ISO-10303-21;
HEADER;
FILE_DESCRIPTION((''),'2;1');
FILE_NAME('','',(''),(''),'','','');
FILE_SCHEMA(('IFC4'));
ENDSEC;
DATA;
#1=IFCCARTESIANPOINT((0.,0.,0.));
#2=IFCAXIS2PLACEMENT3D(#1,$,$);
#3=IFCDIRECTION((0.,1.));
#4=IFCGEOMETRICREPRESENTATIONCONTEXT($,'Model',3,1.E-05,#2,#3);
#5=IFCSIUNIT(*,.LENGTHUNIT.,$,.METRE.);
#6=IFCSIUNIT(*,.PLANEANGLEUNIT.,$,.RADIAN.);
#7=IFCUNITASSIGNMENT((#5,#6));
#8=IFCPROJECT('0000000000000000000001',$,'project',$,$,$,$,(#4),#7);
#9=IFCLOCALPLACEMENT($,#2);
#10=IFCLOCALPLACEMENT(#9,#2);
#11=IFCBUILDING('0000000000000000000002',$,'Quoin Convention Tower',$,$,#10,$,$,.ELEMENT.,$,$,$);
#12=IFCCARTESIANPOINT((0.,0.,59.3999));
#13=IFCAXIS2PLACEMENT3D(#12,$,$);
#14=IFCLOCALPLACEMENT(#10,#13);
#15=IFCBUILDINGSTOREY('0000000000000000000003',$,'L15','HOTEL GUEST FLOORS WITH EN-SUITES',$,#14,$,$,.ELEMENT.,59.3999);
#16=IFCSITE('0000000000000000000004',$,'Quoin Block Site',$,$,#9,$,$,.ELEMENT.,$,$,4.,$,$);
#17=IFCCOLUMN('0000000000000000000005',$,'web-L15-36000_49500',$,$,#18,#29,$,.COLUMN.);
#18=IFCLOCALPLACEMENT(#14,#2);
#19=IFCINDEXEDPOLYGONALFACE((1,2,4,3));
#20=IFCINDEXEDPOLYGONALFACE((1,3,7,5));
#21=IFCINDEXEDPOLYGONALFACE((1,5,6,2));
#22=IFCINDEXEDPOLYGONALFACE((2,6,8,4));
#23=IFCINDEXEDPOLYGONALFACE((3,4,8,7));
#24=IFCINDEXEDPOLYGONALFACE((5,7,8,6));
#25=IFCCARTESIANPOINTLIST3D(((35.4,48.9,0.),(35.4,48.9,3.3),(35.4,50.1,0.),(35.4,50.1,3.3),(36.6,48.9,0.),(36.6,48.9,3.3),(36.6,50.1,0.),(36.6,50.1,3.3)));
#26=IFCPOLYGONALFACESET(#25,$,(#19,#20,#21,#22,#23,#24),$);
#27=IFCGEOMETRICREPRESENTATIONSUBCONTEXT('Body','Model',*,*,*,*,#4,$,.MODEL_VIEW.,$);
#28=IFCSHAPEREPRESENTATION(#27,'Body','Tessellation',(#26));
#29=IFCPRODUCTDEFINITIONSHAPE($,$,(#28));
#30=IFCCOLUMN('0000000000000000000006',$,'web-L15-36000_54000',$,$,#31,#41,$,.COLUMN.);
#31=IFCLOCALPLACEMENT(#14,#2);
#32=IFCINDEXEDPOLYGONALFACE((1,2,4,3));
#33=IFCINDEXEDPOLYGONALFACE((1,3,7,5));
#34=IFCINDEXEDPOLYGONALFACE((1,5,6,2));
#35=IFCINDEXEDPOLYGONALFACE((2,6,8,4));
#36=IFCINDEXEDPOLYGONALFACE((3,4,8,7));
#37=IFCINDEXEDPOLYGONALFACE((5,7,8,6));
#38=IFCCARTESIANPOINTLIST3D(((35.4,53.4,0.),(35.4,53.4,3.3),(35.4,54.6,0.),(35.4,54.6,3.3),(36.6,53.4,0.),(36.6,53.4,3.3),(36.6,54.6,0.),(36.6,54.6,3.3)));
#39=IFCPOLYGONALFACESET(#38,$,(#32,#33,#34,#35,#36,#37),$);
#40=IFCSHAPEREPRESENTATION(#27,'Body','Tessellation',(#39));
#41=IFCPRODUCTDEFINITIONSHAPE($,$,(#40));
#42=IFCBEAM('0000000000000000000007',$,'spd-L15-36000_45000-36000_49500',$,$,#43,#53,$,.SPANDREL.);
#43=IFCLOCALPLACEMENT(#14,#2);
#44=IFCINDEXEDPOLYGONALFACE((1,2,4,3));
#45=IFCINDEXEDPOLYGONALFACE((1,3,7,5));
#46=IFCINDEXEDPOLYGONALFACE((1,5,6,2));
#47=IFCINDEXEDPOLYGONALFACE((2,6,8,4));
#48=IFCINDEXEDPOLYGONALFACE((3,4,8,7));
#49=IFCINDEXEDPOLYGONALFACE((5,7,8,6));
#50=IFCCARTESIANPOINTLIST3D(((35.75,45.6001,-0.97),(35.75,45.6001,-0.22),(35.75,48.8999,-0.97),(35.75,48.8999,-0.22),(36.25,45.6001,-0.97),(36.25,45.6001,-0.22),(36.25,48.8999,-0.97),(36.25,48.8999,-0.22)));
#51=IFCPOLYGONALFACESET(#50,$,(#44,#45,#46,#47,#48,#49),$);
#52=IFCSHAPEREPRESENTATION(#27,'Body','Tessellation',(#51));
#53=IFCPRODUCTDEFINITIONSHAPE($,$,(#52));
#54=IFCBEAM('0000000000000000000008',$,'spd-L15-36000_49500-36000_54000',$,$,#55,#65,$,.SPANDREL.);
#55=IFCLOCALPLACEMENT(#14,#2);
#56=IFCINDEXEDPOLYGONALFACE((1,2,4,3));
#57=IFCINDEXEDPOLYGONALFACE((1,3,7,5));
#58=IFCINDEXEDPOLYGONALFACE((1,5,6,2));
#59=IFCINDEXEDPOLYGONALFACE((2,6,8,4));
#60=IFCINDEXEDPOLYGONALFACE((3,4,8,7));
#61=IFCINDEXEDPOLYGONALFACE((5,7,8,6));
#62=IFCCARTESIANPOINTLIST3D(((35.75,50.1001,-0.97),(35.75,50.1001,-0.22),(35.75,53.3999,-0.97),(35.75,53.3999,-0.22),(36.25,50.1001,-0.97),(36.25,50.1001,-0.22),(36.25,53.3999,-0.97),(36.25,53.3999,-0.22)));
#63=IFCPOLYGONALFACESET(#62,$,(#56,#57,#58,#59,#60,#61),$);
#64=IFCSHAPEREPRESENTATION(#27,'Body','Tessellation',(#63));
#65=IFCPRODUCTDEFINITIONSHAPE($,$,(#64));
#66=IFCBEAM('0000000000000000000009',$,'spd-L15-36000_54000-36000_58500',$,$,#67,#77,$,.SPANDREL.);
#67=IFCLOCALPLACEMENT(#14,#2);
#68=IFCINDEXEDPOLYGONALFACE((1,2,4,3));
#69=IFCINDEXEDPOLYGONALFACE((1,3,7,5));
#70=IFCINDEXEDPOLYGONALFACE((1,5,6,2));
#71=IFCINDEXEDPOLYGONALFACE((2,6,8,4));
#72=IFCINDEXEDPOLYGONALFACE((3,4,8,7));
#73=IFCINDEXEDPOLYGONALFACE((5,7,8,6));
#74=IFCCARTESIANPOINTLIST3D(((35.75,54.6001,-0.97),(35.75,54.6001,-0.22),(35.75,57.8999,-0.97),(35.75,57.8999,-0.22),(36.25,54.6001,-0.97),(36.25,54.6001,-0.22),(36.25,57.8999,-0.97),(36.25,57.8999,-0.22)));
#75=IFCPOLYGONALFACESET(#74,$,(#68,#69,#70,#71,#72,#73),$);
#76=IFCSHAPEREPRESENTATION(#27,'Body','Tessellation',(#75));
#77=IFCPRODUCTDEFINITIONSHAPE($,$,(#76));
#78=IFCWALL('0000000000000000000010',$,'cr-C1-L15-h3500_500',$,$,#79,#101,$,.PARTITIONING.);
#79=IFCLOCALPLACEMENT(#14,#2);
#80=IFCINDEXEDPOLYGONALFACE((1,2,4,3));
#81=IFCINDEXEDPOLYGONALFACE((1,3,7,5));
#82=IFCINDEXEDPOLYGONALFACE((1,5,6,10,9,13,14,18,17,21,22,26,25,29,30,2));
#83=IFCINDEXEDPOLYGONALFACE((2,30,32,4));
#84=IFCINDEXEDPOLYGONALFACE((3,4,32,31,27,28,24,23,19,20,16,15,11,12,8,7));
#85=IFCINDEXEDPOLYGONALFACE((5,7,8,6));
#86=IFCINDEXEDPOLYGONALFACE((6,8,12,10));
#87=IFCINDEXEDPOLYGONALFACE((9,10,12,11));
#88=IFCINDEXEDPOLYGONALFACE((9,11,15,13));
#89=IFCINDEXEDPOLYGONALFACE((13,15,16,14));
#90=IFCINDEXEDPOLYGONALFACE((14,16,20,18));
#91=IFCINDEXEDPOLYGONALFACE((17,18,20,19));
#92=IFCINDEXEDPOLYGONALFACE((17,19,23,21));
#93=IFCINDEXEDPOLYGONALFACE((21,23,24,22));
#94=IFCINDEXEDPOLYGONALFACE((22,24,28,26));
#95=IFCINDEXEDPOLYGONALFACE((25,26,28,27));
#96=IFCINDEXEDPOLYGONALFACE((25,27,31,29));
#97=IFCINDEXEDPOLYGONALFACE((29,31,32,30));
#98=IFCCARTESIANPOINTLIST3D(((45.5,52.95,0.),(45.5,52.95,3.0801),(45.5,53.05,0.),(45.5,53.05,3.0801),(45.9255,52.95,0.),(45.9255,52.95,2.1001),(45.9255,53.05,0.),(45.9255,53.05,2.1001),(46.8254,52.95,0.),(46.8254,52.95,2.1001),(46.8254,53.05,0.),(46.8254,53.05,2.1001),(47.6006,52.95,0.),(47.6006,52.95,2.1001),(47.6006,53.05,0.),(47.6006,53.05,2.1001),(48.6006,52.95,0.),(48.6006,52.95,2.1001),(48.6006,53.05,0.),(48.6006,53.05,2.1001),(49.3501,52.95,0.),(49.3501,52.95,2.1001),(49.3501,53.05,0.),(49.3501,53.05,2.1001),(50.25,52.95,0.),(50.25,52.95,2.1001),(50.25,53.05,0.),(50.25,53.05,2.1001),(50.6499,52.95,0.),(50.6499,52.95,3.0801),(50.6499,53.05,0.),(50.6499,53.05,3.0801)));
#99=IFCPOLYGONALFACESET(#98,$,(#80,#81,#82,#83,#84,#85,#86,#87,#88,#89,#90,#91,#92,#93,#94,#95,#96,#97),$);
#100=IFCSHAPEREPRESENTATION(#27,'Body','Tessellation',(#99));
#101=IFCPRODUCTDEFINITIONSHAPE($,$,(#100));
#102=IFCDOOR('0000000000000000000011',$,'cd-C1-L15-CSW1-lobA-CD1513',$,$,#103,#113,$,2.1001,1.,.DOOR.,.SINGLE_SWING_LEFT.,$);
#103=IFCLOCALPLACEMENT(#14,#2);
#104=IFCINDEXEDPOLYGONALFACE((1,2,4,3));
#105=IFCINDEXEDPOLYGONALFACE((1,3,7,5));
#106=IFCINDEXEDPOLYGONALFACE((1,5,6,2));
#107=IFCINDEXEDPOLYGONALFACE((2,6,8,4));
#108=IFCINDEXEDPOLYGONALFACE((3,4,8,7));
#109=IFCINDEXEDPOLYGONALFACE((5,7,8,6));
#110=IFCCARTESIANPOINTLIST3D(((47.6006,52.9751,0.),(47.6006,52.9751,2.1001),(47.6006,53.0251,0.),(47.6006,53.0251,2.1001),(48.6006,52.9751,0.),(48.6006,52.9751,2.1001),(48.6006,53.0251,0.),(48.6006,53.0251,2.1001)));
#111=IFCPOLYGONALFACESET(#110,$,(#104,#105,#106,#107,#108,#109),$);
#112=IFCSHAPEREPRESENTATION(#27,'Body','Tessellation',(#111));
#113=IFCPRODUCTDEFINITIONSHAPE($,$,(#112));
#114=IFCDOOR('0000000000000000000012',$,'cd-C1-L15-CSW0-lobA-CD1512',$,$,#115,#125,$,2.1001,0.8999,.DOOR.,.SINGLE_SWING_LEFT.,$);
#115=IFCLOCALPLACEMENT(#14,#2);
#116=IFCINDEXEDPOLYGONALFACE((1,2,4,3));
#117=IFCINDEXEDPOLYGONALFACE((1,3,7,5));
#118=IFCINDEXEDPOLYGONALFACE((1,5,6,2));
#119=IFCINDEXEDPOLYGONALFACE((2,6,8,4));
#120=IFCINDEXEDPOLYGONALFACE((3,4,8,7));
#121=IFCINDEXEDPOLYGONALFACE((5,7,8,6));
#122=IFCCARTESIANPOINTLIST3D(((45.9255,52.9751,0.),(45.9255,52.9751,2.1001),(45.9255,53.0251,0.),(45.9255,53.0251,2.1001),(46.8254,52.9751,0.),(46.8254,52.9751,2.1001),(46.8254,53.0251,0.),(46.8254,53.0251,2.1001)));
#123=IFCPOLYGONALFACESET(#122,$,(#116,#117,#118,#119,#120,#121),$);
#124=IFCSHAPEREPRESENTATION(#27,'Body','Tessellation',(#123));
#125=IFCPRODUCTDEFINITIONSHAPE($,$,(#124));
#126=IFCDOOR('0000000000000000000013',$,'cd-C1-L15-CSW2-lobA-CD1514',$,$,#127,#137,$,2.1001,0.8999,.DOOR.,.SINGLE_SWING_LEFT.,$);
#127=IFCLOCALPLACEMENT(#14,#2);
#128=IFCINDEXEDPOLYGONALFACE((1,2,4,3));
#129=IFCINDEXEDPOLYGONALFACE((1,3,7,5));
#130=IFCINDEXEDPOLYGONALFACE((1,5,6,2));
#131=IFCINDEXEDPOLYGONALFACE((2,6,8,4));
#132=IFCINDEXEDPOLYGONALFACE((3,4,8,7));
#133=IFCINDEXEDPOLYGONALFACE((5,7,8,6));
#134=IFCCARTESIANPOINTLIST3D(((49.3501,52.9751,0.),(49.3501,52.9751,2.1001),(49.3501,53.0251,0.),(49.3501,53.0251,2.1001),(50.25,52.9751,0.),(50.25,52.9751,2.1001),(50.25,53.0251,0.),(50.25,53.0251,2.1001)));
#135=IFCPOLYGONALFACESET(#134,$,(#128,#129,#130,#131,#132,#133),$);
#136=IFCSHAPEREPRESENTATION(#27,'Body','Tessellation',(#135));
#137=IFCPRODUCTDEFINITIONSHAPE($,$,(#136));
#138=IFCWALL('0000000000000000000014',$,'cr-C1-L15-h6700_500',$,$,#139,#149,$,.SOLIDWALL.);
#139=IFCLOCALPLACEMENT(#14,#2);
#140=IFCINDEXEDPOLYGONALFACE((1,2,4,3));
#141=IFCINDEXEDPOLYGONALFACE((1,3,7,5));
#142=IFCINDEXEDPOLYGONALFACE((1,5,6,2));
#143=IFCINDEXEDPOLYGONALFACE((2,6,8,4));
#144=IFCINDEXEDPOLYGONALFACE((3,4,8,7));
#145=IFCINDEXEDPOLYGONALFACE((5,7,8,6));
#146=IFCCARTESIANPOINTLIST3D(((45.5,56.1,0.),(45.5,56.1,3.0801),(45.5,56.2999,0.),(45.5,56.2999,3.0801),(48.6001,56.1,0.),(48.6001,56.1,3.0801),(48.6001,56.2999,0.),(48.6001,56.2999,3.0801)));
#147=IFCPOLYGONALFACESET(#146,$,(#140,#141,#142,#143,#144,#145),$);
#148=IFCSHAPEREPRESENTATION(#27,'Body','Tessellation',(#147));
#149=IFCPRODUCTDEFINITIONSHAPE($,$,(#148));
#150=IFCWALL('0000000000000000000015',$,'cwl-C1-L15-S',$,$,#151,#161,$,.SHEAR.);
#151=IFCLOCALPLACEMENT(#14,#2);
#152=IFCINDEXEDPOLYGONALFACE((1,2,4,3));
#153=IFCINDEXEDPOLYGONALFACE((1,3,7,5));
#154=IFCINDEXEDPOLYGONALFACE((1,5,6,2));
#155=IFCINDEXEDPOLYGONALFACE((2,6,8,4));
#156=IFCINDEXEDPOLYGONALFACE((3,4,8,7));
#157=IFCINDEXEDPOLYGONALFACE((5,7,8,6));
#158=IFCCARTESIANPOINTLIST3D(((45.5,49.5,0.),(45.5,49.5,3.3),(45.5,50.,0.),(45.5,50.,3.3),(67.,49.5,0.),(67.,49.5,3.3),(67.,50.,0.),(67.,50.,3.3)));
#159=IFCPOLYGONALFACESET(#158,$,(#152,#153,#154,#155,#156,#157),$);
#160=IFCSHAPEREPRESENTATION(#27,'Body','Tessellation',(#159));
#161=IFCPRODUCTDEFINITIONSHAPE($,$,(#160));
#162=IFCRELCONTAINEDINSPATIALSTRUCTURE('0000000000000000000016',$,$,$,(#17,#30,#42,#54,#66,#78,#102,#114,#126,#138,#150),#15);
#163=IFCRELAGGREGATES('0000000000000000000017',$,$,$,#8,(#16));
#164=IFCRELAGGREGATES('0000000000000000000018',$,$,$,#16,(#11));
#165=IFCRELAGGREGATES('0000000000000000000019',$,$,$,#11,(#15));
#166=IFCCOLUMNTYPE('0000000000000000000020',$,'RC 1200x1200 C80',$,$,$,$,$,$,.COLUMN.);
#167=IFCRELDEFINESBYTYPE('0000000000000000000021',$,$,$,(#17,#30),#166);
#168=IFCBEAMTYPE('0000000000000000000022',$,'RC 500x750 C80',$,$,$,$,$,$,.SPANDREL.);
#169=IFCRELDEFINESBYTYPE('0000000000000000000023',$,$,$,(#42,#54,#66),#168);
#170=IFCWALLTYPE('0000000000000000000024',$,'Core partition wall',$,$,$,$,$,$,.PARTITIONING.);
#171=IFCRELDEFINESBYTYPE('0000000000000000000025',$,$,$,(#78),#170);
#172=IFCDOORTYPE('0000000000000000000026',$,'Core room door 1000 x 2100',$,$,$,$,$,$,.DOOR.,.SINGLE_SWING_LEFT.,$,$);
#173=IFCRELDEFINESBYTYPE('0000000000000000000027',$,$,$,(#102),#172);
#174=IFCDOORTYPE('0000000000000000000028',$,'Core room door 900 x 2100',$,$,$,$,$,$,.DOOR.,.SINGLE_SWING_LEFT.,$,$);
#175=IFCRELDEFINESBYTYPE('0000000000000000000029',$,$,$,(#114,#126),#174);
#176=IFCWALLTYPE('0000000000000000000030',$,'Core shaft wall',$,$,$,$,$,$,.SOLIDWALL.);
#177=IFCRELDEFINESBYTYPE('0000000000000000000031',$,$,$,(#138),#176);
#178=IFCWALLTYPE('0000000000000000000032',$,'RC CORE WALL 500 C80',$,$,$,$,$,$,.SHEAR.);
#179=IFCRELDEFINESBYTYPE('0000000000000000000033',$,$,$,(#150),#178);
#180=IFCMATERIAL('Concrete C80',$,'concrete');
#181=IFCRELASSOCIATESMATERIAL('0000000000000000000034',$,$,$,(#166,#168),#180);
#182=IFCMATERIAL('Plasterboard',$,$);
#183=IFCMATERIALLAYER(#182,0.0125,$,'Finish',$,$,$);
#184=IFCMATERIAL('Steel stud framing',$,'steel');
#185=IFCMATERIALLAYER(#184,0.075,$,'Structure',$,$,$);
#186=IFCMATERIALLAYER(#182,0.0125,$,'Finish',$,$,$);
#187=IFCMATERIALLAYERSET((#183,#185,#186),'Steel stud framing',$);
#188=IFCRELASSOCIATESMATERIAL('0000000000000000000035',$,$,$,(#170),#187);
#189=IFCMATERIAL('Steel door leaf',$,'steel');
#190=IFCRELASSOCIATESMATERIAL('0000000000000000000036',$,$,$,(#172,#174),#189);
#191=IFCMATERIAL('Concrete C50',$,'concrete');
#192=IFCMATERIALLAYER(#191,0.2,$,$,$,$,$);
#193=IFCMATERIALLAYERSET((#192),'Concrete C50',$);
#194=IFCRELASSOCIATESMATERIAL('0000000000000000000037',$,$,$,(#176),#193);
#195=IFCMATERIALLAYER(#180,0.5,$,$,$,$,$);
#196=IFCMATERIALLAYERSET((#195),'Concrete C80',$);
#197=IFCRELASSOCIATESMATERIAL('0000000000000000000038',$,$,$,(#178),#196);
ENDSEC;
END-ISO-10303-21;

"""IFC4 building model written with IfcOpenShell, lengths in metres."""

from ifc_helpers import new_model, si_unit, direction, frame, frame_2d, origin, origin_2d, place, context, subcontext, project, spatial, rectangle, extrude, material, layer, layer_set, material_profile, profile_set, type_object, element, fill, save


model = new_model("IFC4")

# Units and contexts
model_context = context("Model", 3, precision=1e-05, world=origin(), true_north=direction((0.0, 1.0)))
body_context = subcontext(model_context, "Body", "Model", "MODEL_VIEW")
ifc_project = project(units=[si_unit("LENGTHUNIT", "METRE"), si_unit("PLANEANGLEUNIT", "RADIAN")], contexts=[model_context])

# Site, building, storey
site_placement = place(None, origin())
site = spatial("IfcSite", under=ifc_project, at=site_placement, Name="Quoin Block Site", CompositionType="ELEMENT", RefElevation=4.0)
building_placement = place(site_placement, origin())
building = spatial("IfcBuilding", under=site, at=building_placement, Name="Quoin Convention Tower", CompositionType="ELEMENT")
storey_placement = place(building_placement, frame((0.0, 0.0, 59.3999)))
storey = spatial("IfcBuildingStorey", under=building, at=storey_placement, Name="L15", Description="HOTEL GUEST FLOORS WITH EN-SUITES", CompositionType="ELEMENT", Elevation=59.3999)

# Columns
ifc_material_1 = material(Name="Concrete C80", Category="concrete")
ifc_material_profile_1 = material_profile(ifc_material_1, rectangle(XDim=1.2, YDim=1.2, at=origin_2d()), Name="RC 1200x1200")
ifc_profile_set_1 = profile_set([ifc_material_profile_1], Name="Concrete C80")
column_type = type_object("IfcColumnType", Name="RC 1200x1200 C80", PredefinedType="COLUMN", material=ifc_profile_set_1)
for number, where, z_axis, x_axis, name in (
    (1, (36.0, 49.5, 0.0), (0.0, 0.0, 1.0), (1.0, 0.0, 0.0), "web-L15-36000_49500"),
    (2, (36.0, 54.0, 0.0), (0.0, 0.0, 1.0), (1.0, 0.0, 0.0), "web-L15-36000_54000"),
):
    element("IfcColumn", number, at=place(storey_placement, frame(where, z_axis=z_axis, x_axis=x_axis)), inside=storey, type_object=column_type, Name=name, PredefinedType="COLUMN", context=body_context, shape_type="SweptSolid", body=[
        extrude(rectangle(XDim=1.2, YDim=1.2, at=origin_2d()), origin(), (0.0, 0.0, 1.0), 3.3),
    ])

# Beams
ifc_material_profile_2 = material_profile(ifc_material_1, rectangle(XDim=0.5, YDim=0.75, at=origin_2d()), Name="RC 500x750")
ifc_profile_set_2 = profile_set([ifc_material_profile_2], Name="Concrete C80")
beam_type = type_object("IfcBeamType", Name="RC 500x750 C80", PredefinedType="SPANDREL", material=ifc_profile_set_2)
for number, where, z_axis, x_axis, name in (
    (3, (36.0, 45.6001, -0.595), (0.0, 1.0, 0.0), (-1.0, 0.0, 0.0), "spd-L15-36000_45000-36000_49500"),
    (4, (36.0, 50.1001, -0.595), (0.0, 1.0, 0.0), (-1.0, 0.0, 0.0), "spd-L15-36000_49500-36000_54000"),
    (5, (36.0, 54.6001, -0.595), (0.0, 1.0, 0.0), (-1.0, 0.0, 0.0), "spd-L15-36000_54000-36000_58500"),
):
    element("IfcBeam", number, at=place(storey_placement, frame(where, z_axis=z_axis, x_axis=x_axis)), inside=storey, type_object=beam_type, Name=name, PredefinedType="SPANDREL", context=body_context, shape_type="SweptSolid", body=[
        extrude(rectangle(XDim=0.5, YDim=0.75, at=origin_2d()), origin(), (0.0, 0.0, 1.0), 3.2998),
    ])

# Wall, openings, doors
ifc_material_2 = material(Name="Plasterboard")
ifc_layer_1 = layer(ifc_material_2, 0.0125, Name="Finish")
ifc_material_3 = material(Name="Steel stud framing", Category="steel")
ifc_layer_2 = layer(ifc_material_3, 0.075, Name="Structure")
ifc_layer_3 = layer(ifc_material_2, 0.0125, Name="Finish")
ifc_layer_set_1 = layer_set([ifc_layer_1, ifc_layer_2, ifc_layer_3], Name="Steel stud framing")
wall_type_1 = type_object("IfcWallType", Name="Core partition wall", PredefinedType="PARTITIONING", material=ifc_layer_set_1)
wall_1_placement = place(storey_placement, frame((45.5, 53.0, 0.0), z_axis=(0.0, 0.0, 1.0), x_axis=(1.0, 0.0, 0.0)))
wall_1 = element("IfcWall", 6, at=wall_1_placement, inside=storey, type_object=wall_type_1, Name="cr-C1-L15-h3500_500", PredefinedType="PARTITIONING", context=body_context, shape_type="SweptSolid", body=[
    extrude(rectangle(XDim=5.1499, YDim=0.1001, at=frame_2d((2.575, 0.0))), origin(), (0.0, 0.0, 1.0), 3.0801),
])
opening_1_placement = place(wall_1_placement, frame((0.4255, 0.0, 0.0)))
opening_1 = element("IfcOpeningElement", 7, at=opening_1_placement, cuts=wall_1, PredefinedType="OPENING", context=body_context, shape_type="SweptSolid", body=[
    extrude(rectangle(XDim=0.8999, YDim=2.1001, at=frame_2d((0.45, 1.05))), frame((0.0, 0.0601, 0.0), z_axis=(0.0, -1.0, 0.0), x_axis=(1.0, 0.0, 0.0)), (0.0, 0.0, 1.0), 0.1201),
])
opening_2_placement = place(wall_1_placement, frame((2.1006, 0.0, 0.0)))
opening_2 = element("IfcOpeningElement", 8, at=opening_2_placement, cuts=wall_1, PredefinedType="OPENING", context=body_context, shape_type="SweptSolid", body=[
    extrude(rectangle(XDim=1.0, YDim=2.1001, at=frame_2d((0.5, 1.05))), frame((0.0, 0.0601, 0.0), z_axis=(0.0, -1.0, 0.0), x_axis=(1.0, 0.0, 0.0)), (0.0, 0.0, 1.0), 0.1201),
])
opening_3_placement = place(wall_1_placement, frame((3.8501, 0.0, 0.0)))
opening_3 = element("IfcOpeningElement", 9, at=opening_3_placement, cuts=wall_1, PredefinedType="OPENING", context=body_context, shape_type="SweptSolid", body=[
    extrude(rectangle(XDim=0.8999, YDim=2.1001, at=frame_2d((0.45, 1.05))), frame((0.0, 0.0601, 0.0), z_axis=(0.0, -1.0, 0.0), x_axis=(1.0, 0.0, 0.0)), (0.0, 0.0, 1.0), 0.1201),
])
ifc_material_4 = material(Name="Steel door leaf", Category="steel")
door_type_1 = type_object("IfcDoorType", Name="Core room door 1000 x 2100", OperationType="SINGLE_SWING_LEFT", PredefinedType="DOOR", material=ifc_material_4)
door_1_placement = place(opening_2_placement, frame((1.0, 0.0, 0.0), z_axis=(0.0, 0.0, 1.0), x_axis=(-1.0, 0.0, 0.0)))
door_1 = element("IfcDoor", 10, at=door_1_placement, inside=storey, type_object=door_type_1, Name="cd-C1-L15-CSW1-lobA-CD1513", OperationType="SINGLE_SWING_LEFT", OverallHeight=2.1001, OverallWidth=1.0, PredefinedType="DOOR", context=body_context, shape_type="SweptSolid", body=[
    extrude(rectangle(XDim=1.0, YDim=2.1001, at=frame_2d((0.5, 1.05))), frame((0.0, 0.0249, 0.0), z_axis=(0.0, -1.0, 0.0), x_axis=(1.0, 0.0, 0.0)), (0.0, 0.0, 1.0), 0.05),
])
fill(opening_2, door_1)
door_type_2 = type_object("IfcDoorType", Name="Core room door 900 x 2100", OperationType="SINGLE_SWING_LEFT", PredefinedType="DOOR", material=ifc_material_4)
door_2_placement = place(opening_1_placement, frame((0.8999, 0.0, 0.0), z_axis=(0.0, 0.0, 1.0), x_axis=(-1.0, 0.0, 0.0)))
door_2 = element("IfcDoor", 11, at=door_2_placement, inside=storey, type_object=door_type_2, Name="cd-C1-L15-CSW0-lobA-CD1512", OperationType="SINGLE_SWING_LEFT", OverallHeight=2.1001, OverallWidth=0.8999, PredefinedType="DOOR", context=body_context, shape_type="SweptSolid", body=[
    extrude(rectangle(XDim=0.8999, YDim=2.1001, at=frame_2d((0.45, 1.05))), frame((0.0, 0.0249, 0.0), z_axis=(0.0, -1.0, 0.0), x_axis=(1.0, 0.0, 0.0)), (0.0, 0.0, 1.0), 0.05),
])
fill(opening_1, door_2)
door_3_placement = place(opening_3_placement, frame((0.8999, 0.0, 0.0), z_axis=(0.0, 0.0, 1.0), x_axis=(-1.0, 0.0, 0.0)))
door_3 = element("IfcDoor", 12, at=door_3_placement, inside=storey, type_object=door_type_2, Name="cd-C1-L15-CSW2-lobA-CD1514", OperationType="SINGLE_SWING_LEFT", OverallHeight=2.1001, OverallWidth=0.8999, PredefinedType="DOOR", context=body_context, shape_type="SweptSolid", body=[
    extrude(rectangle(XDim=0.8999, YDim=2.1001, at=frame_2d((0.45, 1.05))), frame((0.0, 0.0249, 0.0), z_axis=(0.0, -1.0, 0.0), x_axis=(1.0, 0.0, 0.0)), (0.0, 0.0, 1.0), 0.05),
])
fill(opening_3, door_3)

# Walls
ifc_material_5 = material(Name="Concrete C50", Category="concrete")
ifc_layer_4 = layer(ifc_material_5, 0.2)
ifc_layer_set_2 = layer_set([ifc_layer_4], Name="Concrete C50")
wall_type_2 = type_object("IfcWallType", Name="Core shaft wall", PredefinedType="SOLIDWALL", material=ifc_layer_set_2)
wall_2_placement = place(storey_placement, frame((45.5, 56.2, 0.0), z_axis=(0.0, 0.0, 1.0), x_axis=(1.0, 0.0, 0.0)))
element("IfcWall", 13, at=wall_2_placement, inside=storey, type_object=wall_type_2, Name="cr-C1-L15-h6700_500", PredefinedType="SOLIDWALL", context=body_context, shape_type="SweptSolid", body=[
    extrude(rectangle(XDim=3.1001, YDim=0.2, at=frame_2d((1.55, 0.0))), origin(), (0.0, 0.0, 1.0), 3.0801),
])
ifc_layer_5 = layer(ifc_material_1, 0.5)
ifc_layer_set_3 = layer_set([ifc_layer_5], Name="Concrete C80")
wall_type_3 = type_object("IfcWallType", Name="RC CORE WALL 500 C80", PredefinedType="SHEAR", material=ifc_layer_set_3)
wall_3_placement = place(storey_placement, frame((45.5, 49.75, 0.0), z_axis=(0.0, 0.0, 1.0), x_axis=(1.0, 0.0, 0.0)))
element("IfcWall", 14, at=wall_3_placement, inside=storey, type_object=wall_type_3, Name="cwl-C1-L15-S", PredefinedType="SHEAR", context=body_context, shape_type="SweptSolid", body=[
    extrude(rectangle(XDim=21.5, YDim=0.5, at=frame_2d((10.75, 0.0))), origin(), (0.0, 0.0, 1.0), 3.3),
])

save(model, "model.ifc")
